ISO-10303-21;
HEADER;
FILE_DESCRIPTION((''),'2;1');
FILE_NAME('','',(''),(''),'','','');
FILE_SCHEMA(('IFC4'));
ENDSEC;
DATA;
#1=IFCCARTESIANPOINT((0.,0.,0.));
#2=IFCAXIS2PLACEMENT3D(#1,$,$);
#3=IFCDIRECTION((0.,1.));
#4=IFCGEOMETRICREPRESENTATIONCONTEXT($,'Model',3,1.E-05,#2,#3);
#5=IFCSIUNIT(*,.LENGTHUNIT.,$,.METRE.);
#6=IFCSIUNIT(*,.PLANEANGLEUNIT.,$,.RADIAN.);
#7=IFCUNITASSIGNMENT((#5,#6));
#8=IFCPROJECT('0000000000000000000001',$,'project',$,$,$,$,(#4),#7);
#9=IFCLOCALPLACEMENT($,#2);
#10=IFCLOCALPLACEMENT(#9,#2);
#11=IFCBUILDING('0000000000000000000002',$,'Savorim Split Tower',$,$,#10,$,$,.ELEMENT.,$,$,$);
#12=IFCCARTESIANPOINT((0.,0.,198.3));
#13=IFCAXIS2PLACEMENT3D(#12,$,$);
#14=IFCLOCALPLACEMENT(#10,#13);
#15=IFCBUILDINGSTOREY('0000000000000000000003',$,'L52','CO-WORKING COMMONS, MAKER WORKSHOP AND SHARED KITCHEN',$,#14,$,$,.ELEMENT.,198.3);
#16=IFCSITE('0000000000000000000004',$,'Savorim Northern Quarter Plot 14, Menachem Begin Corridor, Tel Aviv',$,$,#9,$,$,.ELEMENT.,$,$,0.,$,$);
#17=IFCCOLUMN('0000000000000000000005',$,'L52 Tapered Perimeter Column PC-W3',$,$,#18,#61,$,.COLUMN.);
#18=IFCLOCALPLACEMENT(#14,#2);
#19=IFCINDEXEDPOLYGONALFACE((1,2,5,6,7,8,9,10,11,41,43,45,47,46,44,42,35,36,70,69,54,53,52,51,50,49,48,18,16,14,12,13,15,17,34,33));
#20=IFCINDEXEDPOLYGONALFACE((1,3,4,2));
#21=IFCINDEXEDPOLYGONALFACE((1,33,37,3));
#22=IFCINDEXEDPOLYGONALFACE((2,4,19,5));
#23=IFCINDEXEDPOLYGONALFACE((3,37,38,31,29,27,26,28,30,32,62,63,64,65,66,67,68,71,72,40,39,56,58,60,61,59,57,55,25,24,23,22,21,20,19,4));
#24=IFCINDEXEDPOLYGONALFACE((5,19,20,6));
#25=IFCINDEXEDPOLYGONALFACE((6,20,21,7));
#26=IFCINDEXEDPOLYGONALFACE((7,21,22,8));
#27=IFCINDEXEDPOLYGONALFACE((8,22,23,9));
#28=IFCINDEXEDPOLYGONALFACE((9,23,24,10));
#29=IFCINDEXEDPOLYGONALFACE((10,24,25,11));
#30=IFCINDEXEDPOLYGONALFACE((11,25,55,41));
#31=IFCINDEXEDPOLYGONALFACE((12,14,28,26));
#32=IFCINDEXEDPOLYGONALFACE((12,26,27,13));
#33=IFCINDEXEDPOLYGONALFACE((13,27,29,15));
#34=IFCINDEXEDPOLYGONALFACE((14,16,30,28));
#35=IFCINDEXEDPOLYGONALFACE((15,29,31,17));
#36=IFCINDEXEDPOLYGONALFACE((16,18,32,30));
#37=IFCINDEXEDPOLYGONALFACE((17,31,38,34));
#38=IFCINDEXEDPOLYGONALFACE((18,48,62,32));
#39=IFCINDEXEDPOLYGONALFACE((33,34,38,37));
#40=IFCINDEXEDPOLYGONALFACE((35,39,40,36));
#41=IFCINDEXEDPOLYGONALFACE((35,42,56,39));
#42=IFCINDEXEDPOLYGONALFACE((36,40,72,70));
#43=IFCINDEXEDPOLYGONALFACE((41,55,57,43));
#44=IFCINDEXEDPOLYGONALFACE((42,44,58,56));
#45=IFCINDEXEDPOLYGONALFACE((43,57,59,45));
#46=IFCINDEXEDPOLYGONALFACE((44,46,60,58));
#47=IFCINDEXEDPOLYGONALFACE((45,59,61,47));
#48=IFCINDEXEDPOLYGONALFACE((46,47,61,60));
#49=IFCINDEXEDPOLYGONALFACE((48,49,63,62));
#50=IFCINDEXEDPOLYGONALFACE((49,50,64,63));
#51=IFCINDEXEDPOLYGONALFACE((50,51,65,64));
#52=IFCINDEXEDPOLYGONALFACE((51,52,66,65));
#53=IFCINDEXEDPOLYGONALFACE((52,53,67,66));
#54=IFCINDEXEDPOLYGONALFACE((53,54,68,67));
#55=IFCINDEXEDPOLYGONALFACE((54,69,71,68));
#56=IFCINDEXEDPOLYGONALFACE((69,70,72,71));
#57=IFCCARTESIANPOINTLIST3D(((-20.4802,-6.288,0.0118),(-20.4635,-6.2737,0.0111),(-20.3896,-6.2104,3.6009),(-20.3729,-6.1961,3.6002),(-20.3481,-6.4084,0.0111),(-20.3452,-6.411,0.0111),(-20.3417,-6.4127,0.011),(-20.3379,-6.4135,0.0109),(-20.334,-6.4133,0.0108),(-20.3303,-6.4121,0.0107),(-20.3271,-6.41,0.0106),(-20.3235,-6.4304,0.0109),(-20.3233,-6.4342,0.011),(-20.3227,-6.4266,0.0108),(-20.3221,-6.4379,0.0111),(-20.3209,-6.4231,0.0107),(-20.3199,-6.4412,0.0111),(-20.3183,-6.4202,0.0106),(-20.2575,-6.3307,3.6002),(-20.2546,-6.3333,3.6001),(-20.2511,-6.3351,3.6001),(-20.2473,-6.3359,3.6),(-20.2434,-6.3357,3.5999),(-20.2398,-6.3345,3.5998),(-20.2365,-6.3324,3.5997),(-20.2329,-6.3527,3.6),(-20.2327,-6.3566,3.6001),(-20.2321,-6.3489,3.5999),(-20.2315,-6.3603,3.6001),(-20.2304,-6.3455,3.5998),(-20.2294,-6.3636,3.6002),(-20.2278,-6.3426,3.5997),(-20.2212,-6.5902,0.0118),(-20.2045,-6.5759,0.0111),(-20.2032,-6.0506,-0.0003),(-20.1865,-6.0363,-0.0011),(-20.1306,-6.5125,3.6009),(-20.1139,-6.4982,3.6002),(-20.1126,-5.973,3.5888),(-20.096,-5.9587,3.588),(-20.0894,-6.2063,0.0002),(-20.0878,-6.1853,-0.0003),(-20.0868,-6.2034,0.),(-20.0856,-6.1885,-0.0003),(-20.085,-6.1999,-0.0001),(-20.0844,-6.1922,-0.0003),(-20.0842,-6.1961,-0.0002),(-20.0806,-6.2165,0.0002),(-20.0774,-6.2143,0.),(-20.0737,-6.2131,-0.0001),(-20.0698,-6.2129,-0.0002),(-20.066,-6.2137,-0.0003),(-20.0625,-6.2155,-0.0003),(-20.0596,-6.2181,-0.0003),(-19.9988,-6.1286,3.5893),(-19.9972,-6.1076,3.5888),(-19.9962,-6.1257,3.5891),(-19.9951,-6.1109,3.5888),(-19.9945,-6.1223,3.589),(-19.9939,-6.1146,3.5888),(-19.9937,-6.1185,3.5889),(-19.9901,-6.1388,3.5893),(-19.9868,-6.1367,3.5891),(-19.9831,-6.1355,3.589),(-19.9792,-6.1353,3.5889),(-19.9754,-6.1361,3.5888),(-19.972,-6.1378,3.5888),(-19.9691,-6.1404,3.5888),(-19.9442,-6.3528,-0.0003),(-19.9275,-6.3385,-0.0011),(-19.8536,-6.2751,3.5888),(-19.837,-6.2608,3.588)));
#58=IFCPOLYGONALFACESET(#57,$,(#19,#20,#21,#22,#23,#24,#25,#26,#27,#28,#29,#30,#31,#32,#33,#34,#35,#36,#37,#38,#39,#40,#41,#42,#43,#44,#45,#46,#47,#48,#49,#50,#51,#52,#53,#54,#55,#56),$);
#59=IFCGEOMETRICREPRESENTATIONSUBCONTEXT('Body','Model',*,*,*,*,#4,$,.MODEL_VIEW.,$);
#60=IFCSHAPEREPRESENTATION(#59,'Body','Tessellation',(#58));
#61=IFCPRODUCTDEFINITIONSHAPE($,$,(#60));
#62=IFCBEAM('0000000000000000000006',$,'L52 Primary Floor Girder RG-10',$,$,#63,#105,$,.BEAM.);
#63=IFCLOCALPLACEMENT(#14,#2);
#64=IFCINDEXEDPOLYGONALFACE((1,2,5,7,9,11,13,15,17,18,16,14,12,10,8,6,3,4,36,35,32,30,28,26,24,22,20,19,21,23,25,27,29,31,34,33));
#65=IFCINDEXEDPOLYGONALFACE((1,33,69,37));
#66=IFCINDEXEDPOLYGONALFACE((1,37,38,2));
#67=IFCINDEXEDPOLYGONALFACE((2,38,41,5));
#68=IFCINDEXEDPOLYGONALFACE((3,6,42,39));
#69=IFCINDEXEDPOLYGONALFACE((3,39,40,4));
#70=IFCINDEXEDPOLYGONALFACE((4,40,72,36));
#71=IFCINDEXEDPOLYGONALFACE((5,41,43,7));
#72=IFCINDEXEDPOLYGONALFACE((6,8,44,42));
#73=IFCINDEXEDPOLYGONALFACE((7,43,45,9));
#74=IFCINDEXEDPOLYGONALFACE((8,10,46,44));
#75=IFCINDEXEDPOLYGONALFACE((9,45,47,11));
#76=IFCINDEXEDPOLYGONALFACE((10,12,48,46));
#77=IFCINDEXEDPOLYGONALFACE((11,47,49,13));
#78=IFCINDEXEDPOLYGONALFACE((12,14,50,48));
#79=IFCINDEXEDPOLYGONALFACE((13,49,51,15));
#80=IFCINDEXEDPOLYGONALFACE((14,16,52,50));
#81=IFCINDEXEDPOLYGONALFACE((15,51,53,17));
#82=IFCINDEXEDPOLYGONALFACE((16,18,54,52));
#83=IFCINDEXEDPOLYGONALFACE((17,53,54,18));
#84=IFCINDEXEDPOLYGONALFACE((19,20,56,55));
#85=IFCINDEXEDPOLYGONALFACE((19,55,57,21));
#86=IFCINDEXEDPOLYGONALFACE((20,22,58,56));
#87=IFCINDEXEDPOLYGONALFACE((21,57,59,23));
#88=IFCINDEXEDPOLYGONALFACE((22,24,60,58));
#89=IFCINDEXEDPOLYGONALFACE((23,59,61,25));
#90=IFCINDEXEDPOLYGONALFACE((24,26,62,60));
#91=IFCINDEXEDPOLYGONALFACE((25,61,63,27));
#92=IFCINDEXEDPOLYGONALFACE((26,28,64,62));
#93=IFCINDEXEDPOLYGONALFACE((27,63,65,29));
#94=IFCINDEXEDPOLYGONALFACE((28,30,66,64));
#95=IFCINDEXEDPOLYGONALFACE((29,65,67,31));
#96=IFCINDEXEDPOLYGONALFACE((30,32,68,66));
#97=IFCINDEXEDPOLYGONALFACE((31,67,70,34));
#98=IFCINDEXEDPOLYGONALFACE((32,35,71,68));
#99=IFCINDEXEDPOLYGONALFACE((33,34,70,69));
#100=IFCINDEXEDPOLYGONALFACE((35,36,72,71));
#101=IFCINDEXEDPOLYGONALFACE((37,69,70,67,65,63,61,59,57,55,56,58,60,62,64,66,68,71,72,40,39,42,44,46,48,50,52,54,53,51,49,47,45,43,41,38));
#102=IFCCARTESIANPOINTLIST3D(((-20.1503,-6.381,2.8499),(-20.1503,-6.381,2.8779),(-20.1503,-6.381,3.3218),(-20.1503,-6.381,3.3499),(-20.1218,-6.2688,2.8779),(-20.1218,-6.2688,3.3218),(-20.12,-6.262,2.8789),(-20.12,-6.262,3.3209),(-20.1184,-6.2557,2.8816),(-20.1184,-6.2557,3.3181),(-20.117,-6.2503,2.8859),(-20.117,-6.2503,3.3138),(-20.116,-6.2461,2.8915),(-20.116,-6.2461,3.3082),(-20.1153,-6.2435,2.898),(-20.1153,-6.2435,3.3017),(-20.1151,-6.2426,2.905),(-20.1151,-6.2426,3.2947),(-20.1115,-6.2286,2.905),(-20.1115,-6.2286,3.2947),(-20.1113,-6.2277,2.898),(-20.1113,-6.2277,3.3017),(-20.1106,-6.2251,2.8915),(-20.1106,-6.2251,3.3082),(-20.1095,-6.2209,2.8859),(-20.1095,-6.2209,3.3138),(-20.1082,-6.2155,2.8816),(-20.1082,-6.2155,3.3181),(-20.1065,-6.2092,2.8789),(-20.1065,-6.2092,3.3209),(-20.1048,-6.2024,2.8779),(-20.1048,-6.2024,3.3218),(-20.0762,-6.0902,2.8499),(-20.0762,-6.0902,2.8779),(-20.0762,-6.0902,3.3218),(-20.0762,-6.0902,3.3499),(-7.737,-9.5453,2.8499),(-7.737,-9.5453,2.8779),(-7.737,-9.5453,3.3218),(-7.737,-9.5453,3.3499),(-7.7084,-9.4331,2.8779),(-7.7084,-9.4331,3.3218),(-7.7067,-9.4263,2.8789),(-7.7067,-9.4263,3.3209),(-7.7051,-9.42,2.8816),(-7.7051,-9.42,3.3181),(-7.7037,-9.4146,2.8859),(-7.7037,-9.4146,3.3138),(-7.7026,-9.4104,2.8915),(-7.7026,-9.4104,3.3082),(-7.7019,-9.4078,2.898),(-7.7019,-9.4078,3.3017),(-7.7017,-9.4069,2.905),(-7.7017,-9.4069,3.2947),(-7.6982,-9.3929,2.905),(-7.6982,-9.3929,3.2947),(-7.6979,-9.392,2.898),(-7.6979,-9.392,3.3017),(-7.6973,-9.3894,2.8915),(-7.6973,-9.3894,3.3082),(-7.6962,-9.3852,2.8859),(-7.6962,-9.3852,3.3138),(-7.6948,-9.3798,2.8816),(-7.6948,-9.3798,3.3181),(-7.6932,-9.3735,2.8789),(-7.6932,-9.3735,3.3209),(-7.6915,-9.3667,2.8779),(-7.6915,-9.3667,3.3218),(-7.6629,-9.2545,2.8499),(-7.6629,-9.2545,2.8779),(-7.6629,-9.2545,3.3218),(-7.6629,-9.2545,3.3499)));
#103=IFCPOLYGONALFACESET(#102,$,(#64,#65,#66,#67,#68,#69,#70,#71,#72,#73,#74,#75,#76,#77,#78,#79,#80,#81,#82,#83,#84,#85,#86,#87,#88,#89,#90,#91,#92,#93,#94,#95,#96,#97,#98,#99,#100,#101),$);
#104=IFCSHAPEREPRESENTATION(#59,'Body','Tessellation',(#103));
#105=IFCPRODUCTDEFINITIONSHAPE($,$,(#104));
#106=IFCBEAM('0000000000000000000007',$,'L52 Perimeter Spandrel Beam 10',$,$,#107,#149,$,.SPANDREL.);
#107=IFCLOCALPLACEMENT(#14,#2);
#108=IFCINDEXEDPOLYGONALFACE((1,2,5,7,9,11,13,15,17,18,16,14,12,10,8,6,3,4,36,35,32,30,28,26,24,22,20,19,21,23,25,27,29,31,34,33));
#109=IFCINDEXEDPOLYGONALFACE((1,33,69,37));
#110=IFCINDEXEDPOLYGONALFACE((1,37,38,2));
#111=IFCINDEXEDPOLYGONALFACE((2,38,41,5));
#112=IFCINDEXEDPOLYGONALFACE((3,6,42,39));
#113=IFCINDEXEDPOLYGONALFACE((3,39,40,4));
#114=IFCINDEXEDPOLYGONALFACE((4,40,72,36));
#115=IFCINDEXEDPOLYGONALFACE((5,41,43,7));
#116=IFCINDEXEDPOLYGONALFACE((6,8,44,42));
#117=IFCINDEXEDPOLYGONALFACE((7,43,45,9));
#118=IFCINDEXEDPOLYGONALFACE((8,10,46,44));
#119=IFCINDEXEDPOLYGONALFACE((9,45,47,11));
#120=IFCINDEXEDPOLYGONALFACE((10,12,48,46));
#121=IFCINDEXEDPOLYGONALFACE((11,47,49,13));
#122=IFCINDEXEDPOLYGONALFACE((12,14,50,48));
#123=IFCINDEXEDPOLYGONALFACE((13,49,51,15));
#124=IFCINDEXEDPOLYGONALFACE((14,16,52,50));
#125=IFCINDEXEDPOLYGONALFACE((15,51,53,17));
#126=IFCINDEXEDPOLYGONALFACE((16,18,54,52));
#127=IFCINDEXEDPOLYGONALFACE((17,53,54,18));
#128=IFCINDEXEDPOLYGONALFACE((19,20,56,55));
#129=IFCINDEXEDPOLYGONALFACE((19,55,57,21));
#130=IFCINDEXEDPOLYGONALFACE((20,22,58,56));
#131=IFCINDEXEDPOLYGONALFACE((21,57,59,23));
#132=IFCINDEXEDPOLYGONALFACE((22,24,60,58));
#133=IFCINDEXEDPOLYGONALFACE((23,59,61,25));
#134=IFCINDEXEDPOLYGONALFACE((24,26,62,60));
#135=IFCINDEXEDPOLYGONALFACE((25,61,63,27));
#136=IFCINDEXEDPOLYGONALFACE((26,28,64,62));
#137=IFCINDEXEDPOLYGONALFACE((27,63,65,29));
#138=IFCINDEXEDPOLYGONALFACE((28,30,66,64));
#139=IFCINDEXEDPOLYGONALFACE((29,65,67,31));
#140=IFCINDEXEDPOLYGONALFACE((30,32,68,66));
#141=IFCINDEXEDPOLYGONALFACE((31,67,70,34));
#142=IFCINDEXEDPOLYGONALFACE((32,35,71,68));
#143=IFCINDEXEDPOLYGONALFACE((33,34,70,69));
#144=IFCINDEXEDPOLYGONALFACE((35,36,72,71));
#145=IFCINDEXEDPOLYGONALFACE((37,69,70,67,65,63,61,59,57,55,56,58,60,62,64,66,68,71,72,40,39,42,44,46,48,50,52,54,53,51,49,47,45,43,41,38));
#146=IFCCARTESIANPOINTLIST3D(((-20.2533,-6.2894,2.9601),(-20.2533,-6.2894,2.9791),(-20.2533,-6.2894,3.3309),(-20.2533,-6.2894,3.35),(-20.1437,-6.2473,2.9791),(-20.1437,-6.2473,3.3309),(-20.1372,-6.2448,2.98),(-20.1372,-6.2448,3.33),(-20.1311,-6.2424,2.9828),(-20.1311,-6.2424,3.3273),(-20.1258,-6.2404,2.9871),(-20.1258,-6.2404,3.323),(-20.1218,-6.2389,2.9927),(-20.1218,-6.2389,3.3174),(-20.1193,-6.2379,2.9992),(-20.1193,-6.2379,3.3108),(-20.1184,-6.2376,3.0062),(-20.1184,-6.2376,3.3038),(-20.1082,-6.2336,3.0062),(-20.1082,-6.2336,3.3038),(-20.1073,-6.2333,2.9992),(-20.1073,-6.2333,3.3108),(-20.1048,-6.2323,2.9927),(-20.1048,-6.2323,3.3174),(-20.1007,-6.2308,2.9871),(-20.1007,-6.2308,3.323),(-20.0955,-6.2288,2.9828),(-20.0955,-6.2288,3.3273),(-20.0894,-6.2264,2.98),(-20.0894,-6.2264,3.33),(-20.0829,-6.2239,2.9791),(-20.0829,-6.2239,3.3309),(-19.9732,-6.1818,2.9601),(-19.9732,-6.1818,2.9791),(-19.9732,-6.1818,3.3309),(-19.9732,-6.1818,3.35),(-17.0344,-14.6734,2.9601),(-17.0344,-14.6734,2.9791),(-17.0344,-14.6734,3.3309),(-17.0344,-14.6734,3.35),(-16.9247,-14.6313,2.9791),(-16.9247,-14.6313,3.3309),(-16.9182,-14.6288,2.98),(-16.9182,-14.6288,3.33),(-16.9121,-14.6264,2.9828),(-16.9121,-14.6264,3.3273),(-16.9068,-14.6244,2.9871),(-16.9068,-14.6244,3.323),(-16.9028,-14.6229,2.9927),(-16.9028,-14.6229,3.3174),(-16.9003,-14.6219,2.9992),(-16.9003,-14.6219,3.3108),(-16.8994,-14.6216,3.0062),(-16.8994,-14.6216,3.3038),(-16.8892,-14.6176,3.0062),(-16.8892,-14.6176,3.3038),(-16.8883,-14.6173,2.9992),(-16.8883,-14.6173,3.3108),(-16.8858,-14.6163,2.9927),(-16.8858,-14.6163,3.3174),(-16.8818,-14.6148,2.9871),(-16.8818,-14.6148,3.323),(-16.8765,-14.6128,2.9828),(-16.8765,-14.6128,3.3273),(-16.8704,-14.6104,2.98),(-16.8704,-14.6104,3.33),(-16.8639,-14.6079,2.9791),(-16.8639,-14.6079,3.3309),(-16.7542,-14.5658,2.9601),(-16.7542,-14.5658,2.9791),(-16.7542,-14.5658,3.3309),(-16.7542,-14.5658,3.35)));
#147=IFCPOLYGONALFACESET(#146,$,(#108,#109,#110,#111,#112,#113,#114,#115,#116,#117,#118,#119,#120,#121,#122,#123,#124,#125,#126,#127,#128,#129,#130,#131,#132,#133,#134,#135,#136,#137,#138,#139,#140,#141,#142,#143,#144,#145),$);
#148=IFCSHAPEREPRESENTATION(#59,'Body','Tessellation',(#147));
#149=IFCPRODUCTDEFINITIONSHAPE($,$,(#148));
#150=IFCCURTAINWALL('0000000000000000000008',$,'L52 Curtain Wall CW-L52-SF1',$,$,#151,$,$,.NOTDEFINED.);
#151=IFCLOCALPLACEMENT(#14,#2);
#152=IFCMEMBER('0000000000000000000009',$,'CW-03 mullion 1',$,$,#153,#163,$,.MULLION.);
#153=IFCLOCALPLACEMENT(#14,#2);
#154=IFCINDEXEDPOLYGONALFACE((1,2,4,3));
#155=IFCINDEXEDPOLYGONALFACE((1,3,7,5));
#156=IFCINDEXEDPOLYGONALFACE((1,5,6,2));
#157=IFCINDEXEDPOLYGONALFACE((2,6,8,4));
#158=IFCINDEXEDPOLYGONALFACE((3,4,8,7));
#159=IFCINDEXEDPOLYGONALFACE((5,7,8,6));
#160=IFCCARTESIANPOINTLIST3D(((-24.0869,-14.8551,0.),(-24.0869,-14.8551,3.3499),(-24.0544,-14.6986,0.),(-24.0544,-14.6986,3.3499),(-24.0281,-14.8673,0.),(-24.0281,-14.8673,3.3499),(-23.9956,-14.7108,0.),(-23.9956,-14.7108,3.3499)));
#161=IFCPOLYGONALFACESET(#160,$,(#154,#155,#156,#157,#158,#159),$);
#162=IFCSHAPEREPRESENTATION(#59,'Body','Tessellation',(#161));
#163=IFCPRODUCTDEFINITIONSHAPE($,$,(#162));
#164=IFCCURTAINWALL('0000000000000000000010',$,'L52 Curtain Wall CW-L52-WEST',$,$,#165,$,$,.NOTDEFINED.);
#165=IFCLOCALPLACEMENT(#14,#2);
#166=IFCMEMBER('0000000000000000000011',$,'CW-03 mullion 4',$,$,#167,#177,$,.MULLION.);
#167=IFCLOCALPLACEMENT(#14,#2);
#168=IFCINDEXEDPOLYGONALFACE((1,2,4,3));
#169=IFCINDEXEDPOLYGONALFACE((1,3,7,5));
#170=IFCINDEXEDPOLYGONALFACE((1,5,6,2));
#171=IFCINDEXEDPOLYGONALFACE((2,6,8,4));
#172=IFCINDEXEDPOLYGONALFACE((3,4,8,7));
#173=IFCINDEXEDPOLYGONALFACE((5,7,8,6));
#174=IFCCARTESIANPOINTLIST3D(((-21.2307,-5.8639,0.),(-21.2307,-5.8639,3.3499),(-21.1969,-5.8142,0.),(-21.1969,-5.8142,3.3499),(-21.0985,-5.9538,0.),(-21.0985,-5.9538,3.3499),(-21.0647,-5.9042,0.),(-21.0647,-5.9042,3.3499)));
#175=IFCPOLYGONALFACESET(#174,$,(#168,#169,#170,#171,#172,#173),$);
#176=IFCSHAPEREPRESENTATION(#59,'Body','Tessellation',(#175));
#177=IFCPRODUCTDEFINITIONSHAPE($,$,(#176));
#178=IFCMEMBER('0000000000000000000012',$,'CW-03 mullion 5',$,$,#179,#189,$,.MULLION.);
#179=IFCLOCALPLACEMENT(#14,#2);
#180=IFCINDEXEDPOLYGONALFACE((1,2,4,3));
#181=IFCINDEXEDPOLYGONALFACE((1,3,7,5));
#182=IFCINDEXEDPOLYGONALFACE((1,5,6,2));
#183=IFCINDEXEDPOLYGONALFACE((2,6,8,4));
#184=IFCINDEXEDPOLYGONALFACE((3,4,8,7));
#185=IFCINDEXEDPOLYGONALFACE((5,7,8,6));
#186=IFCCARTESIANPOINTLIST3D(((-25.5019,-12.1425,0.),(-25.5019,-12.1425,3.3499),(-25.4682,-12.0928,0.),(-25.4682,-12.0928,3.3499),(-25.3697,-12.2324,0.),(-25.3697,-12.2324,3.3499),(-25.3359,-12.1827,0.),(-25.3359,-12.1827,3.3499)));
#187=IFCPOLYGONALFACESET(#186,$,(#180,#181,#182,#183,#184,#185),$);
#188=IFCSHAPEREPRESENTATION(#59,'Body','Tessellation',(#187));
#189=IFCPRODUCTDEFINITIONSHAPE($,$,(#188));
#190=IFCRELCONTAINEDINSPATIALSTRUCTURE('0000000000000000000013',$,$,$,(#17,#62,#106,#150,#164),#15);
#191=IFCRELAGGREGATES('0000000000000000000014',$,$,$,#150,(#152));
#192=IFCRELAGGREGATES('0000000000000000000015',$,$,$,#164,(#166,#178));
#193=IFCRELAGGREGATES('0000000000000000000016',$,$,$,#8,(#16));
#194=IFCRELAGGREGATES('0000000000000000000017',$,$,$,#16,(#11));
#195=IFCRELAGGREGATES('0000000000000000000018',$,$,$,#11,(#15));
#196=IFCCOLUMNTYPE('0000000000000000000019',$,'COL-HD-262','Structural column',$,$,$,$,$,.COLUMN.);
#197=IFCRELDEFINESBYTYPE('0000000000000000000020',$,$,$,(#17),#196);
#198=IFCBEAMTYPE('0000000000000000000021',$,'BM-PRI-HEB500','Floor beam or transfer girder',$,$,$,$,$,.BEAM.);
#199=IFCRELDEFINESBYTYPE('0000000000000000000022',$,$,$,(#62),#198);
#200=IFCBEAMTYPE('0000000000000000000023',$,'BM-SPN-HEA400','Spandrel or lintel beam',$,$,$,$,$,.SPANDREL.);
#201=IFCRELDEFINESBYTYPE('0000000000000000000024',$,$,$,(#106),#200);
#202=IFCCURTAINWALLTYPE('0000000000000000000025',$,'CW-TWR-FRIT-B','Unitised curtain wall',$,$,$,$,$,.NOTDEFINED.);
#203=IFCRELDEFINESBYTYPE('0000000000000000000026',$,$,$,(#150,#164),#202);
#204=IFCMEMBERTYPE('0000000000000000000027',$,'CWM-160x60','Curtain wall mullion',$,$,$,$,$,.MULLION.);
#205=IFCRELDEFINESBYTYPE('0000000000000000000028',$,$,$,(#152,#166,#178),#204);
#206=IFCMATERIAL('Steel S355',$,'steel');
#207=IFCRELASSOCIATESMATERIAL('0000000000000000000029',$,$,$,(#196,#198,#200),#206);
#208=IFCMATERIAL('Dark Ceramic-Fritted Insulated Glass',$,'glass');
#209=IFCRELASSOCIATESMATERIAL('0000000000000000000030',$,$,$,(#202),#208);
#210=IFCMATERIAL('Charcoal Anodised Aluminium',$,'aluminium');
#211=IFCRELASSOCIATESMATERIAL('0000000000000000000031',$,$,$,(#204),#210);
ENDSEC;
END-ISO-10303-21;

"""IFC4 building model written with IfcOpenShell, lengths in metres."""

from ifc_helpers import new_model, si_unit, direction, frame, origin, origin_2d, place, context, subcontext, project, spatial, rectangle, i_section, extrude, material, material_profile, profile_set, type_object, element, aggregate, save


model = new_model("IFC4")

# Units and contexts
model_context = context("Model", 3, precision=1e-05, world=origin(), true_north=direction((0.0, 1.0)))
body_context = subcontext(model_context, "Body", "Model", "MODEL_VIEW")
ifc_project = project(units=[si_unit("LENGTHUNIT", "METRE"), si_unit("PLANEANGLEUNIT", "RADIAN")], contexts=[model_context])

# Site, building, storey
site_placement = place(None, origin())
site = spatial("IfcSite", under=ifc_project, at=site_placement, Name="Savorim Northern Quarter Plot 14, Menachem Begin Corridor, Tel Aviv", CompositionType="ELEMENT", RefElevation=0.0)
building_placement = place(site_placement, origin())
building = spatial("IfcBuilding", under=site, at=building_placement, Name="Savorim Split Tower", CompositionType="ELEMENT")
storey_placement = place(building_placement, frame((0.0, 0.0, 198.3)))
storey = spatial("IfcBuildingStorey", under=building, at=storey_placement, Name="L52", Description="CO-WORKING COMMONS, MAKER WORKSHOP AND SHARED KITCHEN", CompositionType="ELEMENT", Elevation=198.3)

# Column
ifc_material_1 = material(Name="Steel S355", Category="steel")
ifc_material_profile_1 = material_profile(ifc_material_1, i_section(OverallWidth=0.3979, OverallDepth=0.387, WebThickness=0.0134, FlangeThickness=0.022, FilletRadius=0.0149, at=origin_2d()), Name="HD 400x262")
ifc_profile_set_1 = profile_set([ifc_material_profile_1], Name="Steel S355")
column_type = type_object("IfcColumnType", Name="COL-HD-262", Description="Structural column", PredefinedType="COLUMN", material=ifc_profile_set_1)
column_placement = place(storey_placement, frame((-20.2039, -6.3132, 0.0054), z_axis=(0.025222, 0.021619, 0.999448), x_axis=(-0.650791, 0.759257, 0.0)))
element("IfcColumn", 1, at=column_placement, inside=storey, type_object=column_type, Name="L52 Tapered Perimeter Column PC-W3", PredefinedType="COLUMN", context=body_context, shape_type="SweptSolid", body=[
    extrude(i_section(OverallWidth=0.3979, OverallDepth=0.387, WebThickness=0.0134, FlangeThickness=0.022, FilletRadius=0.0149, at=origin_2d()), origin(), (0.0, 0.0, 1.0), 3.5911),
])

# Beams
ifc_material_profile_2 = material_profile(ifc_material_1, i_section(OverallWidth=0.3, OverallDepth=0.5, WebThickness=0.0144, FlangeThickness=0.0281, FilletRadius=0.0271, at=origin_2d()), Name="HEB 500")
ifc_profile_set_2 = profile_set([ifc_material_profile_2], Name="Steel S355")
beam_type_1 = type_object("IfcBeamType", Name="BM-PRI-HEB500", Description="Floor beam or transfer girder", PredefinedType="BEAM", material=ifc_profile_set_2)
beam_1_placement = place(storey_placement, frame((-20.1133, -6.2356, 3.0999), z_axis=(0.969012, -0.247013, 0.0), x_axis=(0.247013, 0.969012, 0.0)))
element("IfcBeam", 2, at=beam_1_placement, inside=storey, type_object=beam_type_1, Name="L52 Primary Floor Girder RG-10", PredefinedType="BEAM", context=body_context, shape_type="SweptSolid", body=[
    extrude(i_section(OverallWidth=0.3, OverallDepth=0.5, WebThickness=0.0144, FlangeThickness=0.0281, FilletRadius=0.0271, at=origin_2d()), origin(), (0.0, 0.0, 1.0), 12.8103),
])
ifc_material_profile_3 = material_profile(ifc_material_1, i_section(OverallWidth=0.3, OverallDepth=0.3899, WebThickness=0.011, FlangeThickness=0.019, FilletRadius=0.0271, at=origin_2d()), Name="HEA 400")
ifc_profile_set_3 = profile_set([ifc_material_profile_3], Name="Steel S355")
beam_type_2 = type_object("IfcBeamType", Name="BM-SPN-HEA400", Description="Spandrel or lintel beam", PredefinedType="SPANDREL", material=ifc_profile_set_3)
beam_2_placement = place(storey_placement, frame((-20.1133, -6.2356, 3.155), z_axis=(0.358433, -0.933556, 0.0), x_axis=(0.933556, 0.358433, 0.0)))
element("IfcBeam", 3, at=beam_2_placement, inside=storey, type_object=beam_type_2, Name="L52 Perimeter Spandrel Beam 10", PredefinedType="SPANDREL", context=body_context, shape_type="SweptSolid", body=[
    extrude(i_section(OverallWidth=0.3, OverallDepth=0.3899, WebThickness=0.011, FlangeThickness=0.019, FilletRadius=0.0271, at=origin_2d()), origin(), (0.0, 0.0, 1.0), 8.9807),
])

# Curtain wall, member
ifc_material_2 = material(Name="Dark Ceramic-Fritted Insulated Glass", Category="glass")
curtain_wall_type = type_object("IfcCurtainWallType", Name="CW-TWR-FRIT-B", Description="Unitised curtain wall", PredefinedType="NOTDEFINED", material=ifc_material_2)
curtain_wall_1_placement = place(storey_placement, origin())
curtain_wall_1 = element("IfcCurtainWall", 4, at=curtain_wall_1_placement, inside=storey, type_object=curtain_wall_type, Name="L52 Curtain Wall CW-L52-SF1", PredefinedType="NOTDEFINED")
ifc_material_3 = material(Name="Charcoal Anodised Aluminium", Category="aluminium")
ifc_material_profile_4 = material_profile(ifc_material_3, rectangle(XDim=0.1599, YDim=0.0601, at=origin_2d()), Name="ALU-M 160x60")
ifc_profile_set_4 = profile_set([ifc_material_profile_4], Name="Charcoal Anodised Aluminium")
member_type_1 = type_object("IfcMemberType", Name="CWM-160x60", Description="Curtain wall mullion", PredefinedType="MULLION", material=ifc_profile_set_4)
member_1_placement = place(storey_placement, frame((-24.0413, -14.783, 0.0), z_axis=(0.0, 0.0, 1.0), x_axis=(0.203208, 0.979136, 0.0)))
member_1 = element("IfcMember", 5, at=member_1_placement, type_object=member_type_1, Name="CW-03 mullion 1", PredefinedType="MULLION", context=body_context, shape_type="SweptSolid", body=[
    extrude(rectangle(XDim=0.1599, YDim=0.0601, at=origin_2d()), origin(), (0.0, 0.0, 1.0), 3.3499),
])

# Curtain wall, members
curtain_wall_2_placement = place(storey_placement, origin())
curtain_wall_2 = element("IfcCurtainWall", 6, at=curtain_wall_2_placement, inside=storey, type_object=curtain_wall_type, Name="L52 Curtain Wall CW-L52-WEST", PredefinedType="NOTDEFINED")
member_2_placement = place(storey_placement, frame((-21.1477, -5.884, 0.0), z_axis=(0.0, 0.0, 1.0), x_axis=(0.826821, -0.562465, 0.0)))
member_2 = element("IfcMember", 7, at=member_2_placement, type_object=member_type_1, Name="CW-03 mullion 4", PredefinedType="MULLION", context=body_context, shape_type="SweptSolid", body=[
    extrude(rectangle(XDim=0.1599, YDim=0.0601, at=origin_2d()), origin(), (0.0, 0.0, 1.0), 3.3499),
])
member_3_placement = place(storey_placement, frame((-25.4189, -12.1626, 0.0), z_axis=(0.0, 0.0, 1.0), x_axis=(0.826821, -0.562465, 0.0)))
member_3 = element("IfcMember", 8, at=member_3_placement, type_object=member_type_1, Name="CW-03 mullion 5", PredefinedType="MULLION", context=body_context, shape_type="SweptSolid", body=[
    extrude(rectangle(XDim=0.1599, YDim=0.0601, at=origin_2d()), origin(), (0.0, 0.0, 1.0), 3.3499),
])

aggregate(curtain_wall_1, [member_1])

aggregate(curtain_wall_2, [member_2, member_3])

save(model, "model.ifc")
